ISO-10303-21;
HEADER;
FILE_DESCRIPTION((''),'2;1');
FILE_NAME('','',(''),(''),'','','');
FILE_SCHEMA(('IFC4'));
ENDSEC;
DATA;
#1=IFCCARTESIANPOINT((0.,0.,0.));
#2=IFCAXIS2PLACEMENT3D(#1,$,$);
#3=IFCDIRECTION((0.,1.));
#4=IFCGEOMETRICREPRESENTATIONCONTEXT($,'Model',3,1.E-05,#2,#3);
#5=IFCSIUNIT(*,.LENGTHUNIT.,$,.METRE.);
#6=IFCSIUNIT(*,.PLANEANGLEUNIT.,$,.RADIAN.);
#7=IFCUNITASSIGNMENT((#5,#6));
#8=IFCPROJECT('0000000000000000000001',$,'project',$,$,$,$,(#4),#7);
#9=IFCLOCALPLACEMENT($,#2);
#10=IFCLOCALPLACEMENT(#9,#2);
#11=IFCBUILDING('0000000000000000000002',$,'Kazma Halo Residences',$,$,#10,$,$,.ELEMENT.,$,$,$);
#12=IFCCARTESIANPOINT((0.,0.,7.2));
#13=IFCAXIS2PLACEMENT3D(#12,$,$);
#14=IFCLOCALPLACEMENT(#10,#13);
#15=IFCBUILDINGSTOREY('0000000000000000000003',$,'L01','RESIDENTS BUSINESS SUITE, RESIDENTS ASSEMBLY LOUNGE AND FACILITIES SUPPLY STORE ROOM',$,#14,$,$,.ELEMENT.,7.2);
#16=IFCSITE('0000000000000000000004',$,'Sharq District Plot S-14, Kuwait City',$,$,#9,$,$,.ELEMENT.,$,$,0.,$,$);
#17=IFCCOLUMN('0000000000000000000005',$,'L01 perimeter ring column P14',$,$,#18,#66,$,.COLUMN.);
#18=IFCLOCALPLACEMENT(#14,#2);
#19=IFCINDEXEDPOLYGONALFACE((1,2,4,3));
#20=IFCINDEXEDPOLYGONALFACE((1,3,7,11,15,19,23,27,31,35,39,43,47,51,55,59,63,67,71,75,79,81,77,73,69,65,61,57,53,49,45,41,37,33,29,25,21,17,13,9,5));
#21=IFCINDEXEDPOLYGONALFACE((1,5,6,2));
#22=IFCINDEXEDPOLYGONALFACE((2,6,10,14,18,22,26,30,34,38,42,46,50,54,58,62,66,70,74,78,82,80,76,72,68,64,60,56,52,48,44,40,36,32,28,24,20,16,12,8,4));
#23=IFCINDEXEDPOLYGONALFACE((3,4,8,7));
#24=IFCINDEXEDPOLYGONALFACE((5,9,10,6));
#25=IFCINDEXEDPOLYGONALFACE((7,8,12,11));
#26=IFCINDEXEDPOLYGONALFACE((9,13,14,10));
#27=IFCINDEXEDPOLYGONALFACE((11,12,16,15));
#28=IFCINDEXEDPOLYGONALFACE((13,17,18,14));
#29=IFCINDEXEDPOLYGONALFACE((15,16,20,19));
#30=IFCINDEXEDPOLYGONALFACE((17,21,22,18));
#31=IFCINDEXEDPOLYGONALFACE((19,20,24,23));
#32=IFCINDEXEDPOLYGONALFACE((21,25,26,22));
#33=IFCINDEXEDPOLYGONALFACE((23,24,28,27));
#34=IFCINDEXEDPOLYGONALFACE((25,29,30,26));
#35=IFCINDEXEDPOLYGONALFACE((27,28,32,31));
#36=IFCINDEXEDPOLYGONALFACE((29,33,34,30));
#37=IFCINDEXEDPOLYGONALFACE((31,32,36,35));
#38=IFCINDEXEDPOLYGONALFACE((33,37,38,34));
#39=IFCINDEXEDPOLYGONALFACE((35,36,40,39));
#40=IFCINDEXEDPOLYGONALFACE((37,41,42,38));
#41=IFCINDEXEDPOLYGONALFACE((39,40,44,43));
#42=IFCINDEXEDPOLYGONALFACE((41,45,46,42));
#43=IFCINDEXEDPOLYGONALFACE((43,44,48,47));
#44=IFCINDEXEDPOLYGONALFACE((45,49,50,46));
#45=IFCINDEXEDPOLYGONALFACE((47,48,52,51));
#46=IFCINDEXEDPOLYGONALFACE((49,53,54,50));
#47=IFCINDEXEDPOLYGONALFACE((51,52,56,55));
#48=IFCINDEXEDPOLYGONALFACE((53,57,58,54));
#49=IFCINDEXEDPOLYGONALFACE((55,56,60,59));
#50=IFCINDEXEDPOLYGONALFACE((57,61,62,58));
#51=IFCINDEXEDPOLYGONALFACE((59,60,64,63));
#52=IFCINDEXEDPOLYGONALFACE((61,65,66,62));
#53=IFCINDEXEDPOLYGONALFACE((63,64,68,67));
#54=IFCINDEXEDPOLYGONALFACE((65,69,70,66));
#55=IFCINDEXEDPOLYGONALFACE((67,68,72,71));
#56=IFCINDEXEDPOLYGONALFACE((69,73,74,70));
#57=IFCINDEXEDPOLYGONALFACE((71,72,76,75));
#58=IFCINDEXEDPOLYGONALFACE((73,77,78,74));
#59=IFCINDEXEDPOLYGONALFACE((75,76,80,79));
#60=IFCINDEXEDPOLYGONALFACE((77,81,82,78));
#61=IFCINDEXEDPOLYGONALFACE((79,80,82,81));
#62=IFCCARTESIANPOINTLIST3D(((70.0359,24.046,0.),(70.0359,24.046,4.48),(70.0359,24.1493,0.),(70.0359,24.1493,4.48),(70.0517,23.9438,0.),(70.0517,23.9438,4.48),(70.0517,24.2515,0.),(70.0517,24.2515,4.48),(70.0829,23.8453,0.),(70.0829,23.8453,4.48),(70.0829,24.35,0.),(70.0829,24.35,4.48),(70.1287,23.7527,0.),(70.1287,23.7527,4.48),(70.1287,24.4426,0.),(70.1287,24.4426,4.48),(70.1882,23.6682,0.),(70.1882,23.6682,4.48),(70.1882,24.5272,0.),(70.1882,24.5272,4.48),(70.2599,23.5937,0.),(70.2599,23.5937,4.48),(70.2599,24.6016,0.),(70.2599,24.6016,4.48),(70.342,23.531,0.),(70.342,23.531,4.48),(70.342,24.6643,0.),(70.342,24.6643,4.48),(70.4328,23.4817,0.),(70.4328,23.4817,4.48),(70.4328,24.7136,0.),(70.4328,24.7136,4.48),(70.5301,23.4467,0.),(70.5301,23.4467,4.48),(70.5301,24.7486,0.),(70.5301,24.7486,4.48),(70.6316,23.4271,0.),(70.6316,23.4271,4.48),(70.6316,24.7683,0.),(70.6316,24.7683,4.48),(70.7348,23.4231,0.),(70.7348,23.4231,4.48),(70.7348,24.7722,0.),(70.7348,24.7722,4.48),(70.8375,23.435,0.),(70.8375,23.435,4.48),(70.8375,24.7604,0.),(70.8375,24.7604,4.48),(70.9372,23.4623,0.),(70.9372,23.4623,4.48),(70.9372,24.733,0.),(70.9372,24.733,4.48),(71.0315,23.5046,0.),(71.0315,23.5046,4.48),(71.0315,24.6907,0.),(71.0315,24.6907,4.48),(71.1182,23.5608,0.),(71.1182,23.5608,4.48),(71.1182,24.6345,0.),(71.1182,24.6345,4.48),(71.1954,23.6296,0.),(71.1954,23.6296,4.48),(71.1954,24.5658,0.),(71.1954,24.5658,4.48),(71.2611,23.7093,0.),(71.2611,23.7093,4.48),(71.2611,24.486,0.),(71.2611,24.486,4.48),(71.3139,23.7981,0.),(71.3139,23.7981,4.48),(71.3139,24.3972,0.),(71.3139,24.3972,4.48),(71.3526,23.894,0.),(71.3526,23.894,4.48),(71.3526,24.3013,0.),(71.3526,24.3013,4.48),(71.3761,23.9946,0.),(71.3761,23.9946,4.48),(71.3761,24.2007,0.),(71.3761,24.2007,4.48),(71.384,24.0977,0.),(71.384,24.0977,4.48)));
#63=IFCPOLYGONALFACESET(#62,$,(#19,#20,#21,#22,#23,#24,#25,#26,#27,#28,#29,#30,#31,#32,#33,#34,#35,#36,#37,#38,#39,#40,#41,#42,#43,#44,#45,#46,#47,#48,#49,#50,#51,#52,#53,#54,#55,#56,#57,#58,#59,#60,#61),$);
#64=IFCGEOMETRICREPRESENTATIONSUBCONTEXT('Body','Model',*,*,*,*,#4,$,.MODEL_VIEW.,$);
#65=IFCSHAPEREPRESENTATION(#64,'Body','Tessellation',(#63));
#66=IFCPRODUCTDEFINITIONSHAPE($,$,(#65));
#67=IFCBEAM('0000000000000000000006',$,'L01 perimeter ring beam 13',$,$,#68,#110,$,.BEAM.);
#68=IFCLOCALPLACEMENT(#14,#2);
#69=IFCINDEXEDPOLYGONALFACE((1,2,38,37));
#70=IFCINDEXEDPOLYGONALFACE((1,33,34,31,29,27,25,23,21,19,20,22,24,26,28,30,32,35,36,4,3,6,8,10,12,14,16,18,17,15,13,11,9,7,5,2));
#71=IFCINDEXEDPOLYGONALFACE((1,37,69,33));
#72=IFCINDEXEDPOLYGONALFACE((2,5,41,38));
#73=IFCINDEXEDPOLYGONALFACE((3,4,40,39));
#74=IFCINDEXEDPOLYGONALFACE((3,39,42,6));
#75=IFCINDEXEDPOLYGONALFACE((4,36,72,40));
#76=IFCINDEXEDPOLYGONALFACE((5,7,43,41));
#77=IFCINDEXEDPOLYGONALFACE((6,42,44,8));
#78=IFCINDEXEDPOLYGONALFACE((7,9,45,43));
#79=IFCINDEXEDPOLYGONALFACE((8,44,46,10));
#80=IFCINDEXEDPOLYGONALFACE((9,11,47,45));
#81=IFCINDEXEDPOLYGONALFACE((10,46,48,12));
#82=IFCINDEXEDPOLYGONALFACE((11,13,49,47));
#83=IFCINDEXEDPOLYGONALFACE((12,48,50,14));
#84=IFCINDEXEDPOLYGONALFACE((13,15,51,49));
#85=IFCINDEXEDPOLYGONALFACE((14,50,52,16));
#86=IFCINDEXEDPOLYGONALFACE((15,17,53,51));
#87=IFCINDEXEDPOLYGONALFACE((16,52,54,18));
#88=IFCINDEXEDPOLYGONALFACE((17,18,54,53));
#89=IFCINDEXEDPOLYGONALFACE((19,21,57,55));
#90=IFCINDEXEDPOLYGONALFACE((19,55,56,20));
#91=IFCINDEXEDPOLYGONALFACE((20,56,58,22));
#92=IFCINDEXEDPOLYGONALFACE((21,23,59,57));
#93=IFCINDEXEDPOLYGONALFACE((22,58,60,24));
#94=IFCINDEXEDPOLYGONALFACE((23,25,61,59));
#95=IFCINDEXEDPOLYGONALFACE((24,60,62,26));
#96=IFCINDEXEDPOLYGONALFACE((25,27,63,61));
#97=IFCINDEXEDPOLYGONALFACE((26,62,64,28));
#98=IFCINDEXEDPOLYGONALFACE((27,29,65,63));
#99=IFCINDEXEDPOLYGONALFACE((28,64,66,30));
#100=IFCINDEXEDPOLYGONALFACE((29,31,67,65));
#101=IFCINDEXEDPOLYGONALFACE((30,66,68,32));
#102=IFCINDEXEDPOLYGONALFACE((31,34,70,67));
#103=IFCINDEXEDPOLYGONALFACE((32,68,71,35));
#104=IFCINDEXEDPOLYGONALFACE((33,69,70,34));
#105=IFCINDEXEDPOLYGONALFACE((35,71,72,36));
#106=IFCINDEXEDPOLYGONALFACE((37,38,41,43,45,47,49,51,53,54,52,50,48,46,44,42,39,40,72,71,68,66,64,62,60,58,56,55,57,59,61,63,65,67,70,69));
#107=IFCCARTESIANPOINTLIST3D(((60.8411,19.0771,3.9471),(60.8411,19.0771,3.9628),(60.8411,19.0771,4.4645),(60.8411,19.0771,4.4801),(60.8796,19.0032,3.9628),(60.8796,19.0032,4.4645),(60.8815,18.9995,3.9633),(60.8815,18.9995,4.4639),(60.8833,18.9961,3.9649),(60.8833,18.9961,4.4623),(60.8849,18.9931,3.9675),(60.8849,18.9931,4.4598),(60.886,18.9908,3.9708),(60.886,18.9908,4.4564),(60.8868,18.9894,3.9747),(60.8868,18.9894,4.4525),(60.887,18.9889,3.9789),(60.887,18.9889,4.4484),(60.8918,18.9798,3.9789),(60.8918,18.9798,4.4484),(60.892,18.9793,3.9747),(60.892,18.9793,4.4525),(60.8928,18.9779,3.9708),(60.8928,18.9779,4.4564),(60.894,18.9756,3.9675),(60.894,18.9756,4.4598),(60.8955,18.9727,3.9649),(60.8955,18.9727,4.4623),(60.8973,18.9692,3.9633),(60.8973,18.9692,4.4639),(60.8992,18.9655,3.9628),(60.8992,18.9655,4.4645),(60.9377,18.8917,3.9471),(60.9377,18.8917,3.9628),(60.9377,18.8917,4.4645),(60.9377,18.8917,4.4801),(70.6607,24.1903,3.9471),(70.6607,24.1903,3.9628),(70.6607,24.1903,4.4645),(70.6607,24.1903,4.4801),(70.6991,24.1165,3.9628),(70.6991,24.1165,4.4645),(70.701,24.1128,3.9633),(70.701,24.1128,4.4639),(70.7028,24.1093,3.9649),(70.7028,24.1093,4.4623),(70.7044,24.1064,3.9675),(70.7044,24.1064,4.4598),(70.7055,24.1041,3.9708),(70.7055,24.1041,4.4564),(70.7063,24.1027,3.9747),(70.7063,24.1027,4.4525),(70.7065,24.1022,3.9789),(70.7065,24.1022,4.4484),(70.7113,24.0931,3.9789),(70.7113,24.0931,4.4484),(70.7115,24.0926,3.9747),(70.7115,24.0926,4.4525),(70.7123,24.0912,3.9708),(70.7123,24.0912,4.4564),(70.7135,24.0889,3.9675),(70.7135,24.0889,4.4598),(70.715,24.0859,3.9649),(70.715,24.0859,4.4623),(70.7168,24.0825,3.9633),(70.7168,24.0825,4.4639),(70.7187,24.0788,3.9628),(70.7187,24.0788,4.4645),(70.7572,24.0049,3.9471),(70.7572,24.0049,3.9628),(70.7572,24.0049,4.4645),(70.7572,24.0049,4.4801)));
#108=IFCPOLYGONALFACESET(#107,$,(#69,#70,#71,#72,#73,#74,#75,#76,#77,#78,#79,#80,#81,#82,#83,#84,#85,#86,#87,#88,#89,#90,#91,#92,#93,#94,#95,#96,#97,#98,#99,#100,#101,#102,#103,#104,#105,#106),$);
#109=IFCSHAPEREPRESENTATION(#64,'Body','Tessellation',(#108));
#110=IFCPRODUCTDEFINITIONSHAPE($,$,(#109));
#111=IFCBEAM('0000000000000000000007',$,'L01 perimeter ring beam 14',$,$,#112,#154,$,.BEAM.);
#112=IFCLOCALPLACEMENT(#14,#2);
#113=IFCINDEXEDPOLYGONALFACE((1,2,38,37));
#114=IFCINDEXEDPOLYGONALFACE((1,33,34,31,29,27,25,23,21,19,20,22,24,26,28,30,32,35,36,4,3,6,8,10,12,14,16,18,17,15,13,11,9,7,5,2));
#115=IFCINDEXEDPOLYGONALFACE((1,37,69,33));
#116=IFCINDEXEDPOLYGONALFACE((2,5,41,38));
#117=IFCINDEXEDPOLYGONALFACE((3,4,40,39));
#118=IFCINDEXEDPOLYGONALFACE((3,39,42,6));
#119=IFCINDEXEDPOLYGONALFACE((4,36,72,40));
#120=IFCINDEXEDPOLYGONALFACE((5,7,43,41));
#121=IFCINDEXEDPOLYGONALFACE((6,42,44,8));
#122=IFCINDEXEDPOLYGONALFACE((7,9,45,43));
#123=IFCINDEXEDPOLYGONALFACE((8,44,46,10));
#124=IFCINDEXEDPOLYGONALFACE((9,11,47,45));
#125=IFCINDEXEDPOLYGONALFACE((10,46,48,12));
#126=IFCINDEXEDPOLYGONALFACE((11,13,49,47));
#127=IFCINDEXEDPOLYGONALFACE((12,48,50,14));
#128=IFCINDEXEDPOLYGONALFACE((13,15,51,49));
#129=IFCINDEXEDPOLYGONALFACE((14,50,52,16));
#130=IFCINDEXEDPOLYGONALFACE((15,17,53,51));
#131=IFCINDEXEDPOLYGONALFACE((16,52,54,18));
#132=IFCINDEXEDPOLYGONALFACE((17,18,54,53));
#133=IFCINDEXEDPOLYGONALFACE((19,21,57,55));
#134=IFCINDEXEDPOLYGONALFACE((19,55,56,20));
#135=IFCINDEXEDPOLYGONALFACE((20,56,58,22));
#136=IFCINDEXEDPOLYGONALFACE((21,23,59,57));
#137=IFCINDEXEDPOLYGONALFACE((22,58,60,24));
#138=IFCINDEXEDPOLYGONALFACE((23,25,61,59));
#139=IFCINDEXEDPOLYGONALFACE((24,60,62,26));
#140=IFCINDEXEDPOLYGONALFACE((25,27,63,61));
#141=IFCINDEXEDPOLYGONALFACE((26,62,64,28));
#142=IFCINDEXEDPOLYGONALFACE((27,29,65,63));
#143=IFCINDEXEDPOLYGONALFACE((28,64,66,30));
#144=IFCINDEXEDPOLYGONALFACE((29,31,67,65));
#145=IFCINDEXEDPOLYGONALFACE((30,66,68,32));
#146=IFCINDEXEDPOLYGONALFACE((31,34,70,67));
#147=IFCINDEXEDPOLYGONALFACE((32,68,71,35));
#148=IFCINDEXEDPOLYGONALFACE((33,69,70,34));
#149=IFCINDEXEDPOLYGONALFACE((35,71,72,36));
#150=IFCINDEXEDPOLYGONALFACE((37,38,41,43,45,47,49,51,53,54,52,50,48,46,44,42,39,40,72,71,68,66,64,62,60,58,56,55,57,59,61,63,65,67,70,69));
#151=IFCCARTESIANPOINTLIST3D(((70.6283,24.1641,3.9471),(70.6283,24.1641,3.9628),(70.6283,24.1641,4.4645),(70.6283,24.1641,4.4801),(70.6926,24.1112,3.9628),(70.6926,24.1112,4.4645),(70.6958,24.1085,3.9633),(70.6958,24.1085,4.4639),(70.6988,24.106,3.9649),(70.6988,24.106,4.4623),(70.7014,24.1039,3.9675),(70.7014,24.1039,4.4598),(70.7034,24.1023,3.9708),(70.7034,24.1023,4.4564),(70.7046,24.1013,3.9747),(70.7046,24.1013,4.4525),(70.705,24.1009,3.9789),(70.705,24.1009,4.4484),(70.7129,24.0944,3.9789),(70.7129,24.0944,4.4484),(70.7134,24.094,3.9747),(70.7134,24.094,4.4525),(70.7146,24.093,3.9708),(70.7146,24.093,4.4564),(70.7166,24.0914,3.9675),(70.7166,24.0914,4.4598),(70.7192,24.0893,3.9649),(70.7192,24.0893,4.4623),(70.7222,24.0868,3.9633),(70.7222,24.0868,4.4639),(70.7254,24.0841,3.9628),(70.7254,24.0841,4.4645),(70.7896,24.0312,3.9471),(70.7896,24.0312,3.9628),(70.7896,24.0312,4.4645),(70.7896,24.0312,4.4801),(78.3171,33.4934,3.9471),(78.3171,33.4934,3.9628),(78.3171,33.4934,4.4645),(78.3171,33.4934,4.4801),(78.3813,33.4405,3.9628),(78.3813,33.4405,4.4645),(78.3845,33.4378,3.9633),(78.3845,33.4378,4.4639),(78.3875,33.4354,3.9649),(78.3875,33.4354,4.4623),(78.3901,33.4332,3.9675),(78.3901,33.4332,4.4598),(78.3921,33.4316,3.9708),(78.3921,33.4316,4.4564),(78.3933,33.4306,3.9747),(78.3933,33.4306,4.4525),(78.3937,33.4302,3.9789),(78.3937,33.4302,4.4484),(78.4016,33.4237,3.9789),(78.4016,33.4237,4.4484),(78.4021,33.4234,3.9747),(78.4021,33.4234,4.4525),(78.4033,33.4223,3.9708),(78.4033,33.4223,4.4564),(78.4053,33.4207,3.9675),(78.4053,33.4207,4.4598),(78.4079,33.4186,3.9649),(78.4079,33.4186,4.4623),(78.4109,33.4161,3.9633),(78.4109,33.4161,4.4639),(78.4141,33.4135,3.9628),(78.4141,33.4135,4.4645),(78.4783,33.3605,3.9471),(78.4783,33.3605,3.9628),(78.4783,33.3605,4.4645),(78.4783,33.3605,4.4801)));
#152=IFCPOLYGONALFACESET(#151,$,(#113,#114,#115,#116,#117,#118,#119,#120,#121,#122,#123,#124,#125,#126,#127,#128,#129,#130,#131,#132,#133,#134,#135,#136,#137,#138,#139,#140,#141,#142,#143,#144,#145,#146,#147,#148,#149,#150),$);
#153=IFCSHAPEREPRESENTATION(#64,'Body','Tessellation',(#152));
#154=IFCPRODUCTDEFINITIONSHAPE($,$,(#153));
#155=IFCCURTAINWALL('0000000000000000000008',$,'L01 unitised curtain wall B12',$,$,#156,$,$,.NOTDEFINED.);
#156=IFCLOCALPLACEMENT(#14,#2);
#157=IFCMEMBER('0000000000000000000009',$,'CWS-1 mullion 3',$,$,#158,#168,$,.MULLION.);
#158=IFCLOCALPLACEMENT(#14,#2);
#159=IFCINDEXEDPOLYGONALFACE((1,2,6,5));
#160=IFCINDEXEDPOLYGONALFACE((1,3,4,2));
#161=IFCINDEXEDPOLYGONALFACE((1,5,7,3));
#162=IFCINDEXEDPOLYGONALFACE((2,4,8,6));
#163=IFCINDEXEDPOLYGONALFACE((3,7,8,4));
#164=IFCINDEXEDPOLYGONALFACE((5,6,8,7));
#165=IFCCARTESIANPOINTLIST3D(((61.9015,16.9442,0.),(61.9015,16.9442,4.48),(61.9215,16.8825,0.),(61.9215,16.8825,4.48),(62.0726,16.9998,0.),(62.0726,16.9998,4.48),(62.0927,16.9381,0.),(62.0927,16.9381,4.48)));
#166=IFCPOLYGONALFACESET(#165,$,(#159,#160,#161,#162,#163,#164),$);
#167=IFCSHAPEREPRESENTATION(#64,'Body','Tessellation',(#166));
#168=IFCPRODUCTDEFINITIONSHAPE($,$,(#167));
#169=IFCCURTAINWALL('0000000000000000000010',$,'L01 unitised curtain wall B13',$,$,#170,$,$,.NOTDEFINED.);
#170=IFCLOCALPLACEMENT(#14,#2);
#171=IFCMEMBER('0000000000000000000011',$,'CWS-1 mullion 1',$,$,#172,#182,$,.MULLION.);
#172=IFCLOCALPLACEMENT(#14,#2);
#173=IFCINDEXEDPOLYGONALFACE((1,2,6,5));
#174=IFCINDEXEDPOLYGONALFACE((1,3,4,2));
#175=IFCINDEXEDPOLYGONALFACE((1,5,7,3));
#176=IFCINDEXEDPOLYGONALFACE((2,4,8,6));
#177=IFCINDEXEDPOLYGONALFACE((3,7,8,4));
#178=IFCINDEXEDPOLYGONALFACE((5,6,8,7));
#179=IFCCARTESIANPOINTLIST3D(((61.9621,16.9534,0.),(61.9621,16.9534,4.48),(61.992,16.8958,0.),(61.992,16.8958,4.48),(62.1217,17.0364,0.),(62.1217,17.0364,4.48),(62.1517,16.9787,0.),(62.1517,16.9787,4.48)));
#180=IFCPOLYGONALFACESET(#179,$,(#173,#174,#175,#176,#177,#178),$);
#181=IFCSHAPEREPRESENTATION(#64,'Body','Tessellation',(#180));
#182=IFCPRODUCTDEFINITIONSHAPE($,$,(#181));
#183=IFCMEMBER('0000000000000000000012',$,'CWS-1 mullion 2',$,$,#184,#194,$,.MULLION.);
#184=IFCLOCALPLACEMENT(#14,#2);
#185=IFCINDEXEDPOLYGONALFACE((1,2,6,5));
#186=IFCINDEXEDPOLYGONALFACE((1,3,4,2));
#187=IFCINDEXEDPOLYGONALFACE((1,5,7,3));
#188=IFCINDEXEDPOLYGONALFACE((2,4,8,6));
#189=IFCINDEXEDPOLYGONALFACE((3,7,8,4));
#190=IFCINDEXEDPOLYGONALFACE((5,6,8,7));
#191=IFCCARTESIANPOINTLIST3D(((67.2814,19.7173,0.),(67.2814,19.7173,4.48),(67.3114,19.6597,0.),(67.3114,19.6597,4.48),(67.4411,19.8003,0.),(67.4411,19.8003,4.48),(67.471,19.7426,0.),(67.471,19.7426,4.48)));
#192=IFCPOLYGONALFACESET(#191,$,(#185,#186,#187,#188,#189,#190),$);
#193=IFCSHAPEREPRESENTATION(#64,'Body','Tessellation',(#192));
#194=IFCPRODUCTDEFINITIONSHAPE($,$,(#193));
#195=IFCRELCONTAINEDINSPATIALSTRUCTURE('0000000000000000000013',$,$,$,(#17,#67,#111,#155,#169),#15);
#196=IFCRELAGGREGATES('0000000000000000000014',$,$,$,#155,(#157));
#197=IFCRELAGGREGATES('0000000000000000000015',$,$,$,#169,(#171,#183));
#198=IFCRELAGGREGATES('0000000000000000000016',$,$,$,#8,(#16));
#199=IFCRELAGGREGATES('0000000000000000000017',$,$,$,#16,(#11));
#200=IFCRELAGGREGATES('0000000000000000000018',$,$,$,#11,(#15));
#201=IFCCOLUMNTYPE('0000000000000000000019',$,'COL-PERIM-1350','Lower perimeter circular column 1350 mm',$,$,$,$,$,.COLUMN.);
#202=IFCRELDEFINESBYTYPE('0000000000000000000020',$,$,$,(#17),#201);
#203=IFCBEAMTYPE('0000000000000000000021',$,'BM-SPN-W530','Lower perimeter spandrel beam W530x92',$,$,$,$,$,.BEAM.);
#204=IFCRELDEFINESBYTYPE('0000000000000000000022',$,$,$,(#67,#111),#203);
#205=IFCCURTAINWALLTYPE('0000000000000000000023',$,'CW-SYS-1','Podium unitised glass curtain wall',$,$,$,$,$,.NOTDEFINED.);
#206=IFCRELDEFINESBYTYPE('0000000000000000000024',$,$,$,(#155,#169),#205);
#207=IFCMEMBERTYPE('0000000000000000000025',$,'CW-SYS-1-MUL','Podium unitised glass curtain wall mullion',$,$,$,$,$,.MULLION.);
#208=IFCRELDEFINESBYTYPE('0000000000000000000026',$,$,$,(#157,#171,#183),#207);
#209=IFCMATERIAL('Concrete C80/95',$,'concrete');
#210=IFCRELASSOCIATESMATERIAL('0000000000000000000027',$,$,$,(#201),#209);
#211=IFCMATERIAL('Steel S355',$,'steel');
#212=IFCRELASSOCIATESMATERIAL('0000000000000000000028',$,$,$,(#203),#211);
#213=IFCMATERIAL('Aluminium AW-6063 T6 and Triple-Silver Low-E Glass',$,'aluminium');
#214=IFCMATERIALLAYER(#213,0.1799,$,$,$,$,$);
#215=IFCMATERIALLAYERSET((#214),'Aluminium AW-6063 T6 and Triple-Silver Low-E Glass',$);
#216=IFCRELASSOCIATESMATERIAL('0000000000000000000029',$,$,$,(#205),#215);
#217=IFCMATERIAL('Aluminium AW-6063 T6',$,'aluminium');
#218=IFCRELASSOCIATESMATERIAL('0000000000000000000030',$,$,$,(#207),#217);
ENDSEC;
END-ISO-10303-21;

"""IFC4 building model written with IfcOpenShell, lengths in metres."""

from ifc_helpers import new_model, si_unit, direction, frame, origin, origin_2d, place, context, subcontext, project, spatial, rectangle, circle, i_section, extrude, material, layer, layer_set, material_profile, profile_set, type_object, element, aggregate, save


model = new_model("IFC4")

# Units and contexts
model_context = context("Model", 3, precision=1e-05, world=origin(), true_north=direction((0.0, 1.0)))
body_context = subcontext(model_context, "Body", "Model", "MODEL_VIEW")
ifc_project = project(units=[si_unit("LENGTHUNIT", "METRE"), si_unit("PLANEANGLEUNIT", "RADIAN")], contexts=[model_context])

# Site, building, storey
site_placement = place(None, origin())
site = spatial("IfcSite", under=ifc_project, at=site_placement, Name="Sharq District Plot S-14, Kuwait City", CompositionType="ELEMENT", RefElevation=0.0)
building_placement = place(site_placement, origin())
building = spatial("IfcBuilding", under=site, at=building_placement, Name="Kazma Halo Residences", CompositionType="ELEMENT")
storey_placement = place(building_placement, frame((0.0, 0.0, 7.2)))
storey = spatial("IfcBuildingStorey", under=building, at=storey_placement, Name="L01", Description="RESIDENTS BUSINESS SUITE, RESIDENTS ASSEMBLY LOUNGE AND FACILITIES SUPPLY STORE ROOM", CompositionType="ELEMENT", Elevation=7.2)

# Column
ifc_material_1 = material(Name="Concrete C80/95", Category="concrete")
ifc_material_profile_1 = material_profile(ifc_material_1, circle(Radius=0.675, at=origin_2d()), Name="CIRC1350")
ifc_profile_set_1 = profile_set([ifc_material_profile_1], Name="Concrete C80/95")
column_type = type_object("IfcColumnType", Name="COL-PERIM-1350", Description="Lower perimeter circular column 1350 mm", PredefinedType="COLUMN", material=ifc_profile_set_1)
column_placement = place(storey_placement, frame((70.709, 24.0977, 0.0), z_axis=(0.0, 0.0, 1.0), x_axis=(1.0, 0.0, 0.0)))
element("IfcColumn", 1, at=column_placement, inside=storey, type_object=column_type, Name="L01 perimeter ring column P14", PredefinedType="COLUMN", context=body_context, shape_type="SweptSolid", body=[
    extrude(circle(Radius=0.675, at=origin_2d()), origin(), (0.0, 0.0, 1.0), 4.48),
])

# Beams
ifc_material_2 = material(Name="Steel S355", Category="steel")
ifc_material_profile_2 = material_profile(ifc_material_2, i_section(OverallWidth=0.209, OverallDepth=0.533, WebThickness=0.0103, FlangeThickness=0.0156, FilletRadius=0.0161, at=origin_2d()), Name="W530x92")
ifc_profile_set_2 = profile_set([ifc_material_profile_2], Name="Steel S355")
beam_type = type_object("IfcBeamType", Name="BM-SPN-W530", Description="Lower perimeter spandrel beam W530x92", PredefinedType="BEAM", material=ifc_profile_set_2)
beam_1_placement = place(storey_placement, frame((60.8894, 18.9844, 4.2136), z_axis=(0.886954, 0.461857, 0.0), x_axis=(-0.461857, 0.886954, 0.0)))
element("IfcBeam", 2, at=beam_1_placement, inside=storey, type_object=beam_type, Name="L01 perimeter ring beam 13", PredefinedType="BEAM", context=body_context, shape_type="SweptSolid", body=[
    extrude(i_section(OverallWidth=0.209, OverallDepth=0.533, WebThickness=0.0103, FlangeThickness=0.0156, FilletRadius=0.0161, at=origin_2d()), origin(), (0.0, 0.0, 1.0), 11.071),
])
beam_2_placement = place(storey_placement, frame((70.709, 24.0977, 4.2136), z_axis=(0.63599, 0.771698, 0.0), x_axis=(-0.771698, 0.63599, 0.0)))
element("IfcBeam", 3, at=beam_2_placement, inside=storey, type_object=beam_type, Name="L01 perimeter ring beam 14", PredefinedType="BEAM", context=body_context, shape_type="SweptSolid", body=[
    extrude(i_section(OverallWidth=0.209, OverallDepth=0.533, WebThickness=0.0103, FlangeThickness=0.0156, FilletRadius=0.0161, at=origin_2d()), origin(), (0.0, 0.0, 1.0), 12.0894),
])

# Curtain wall, member
ifc_material_3 = material(Name="Aluminium AW-6063 T6 and Triple-Silver Low-E Glass", Category="aluminium")
ifc_layer_1 = layer(ifc_material_3, 0.1799)
ifc_layer_set_1 = layer_set([ifc_layer_1], Name="Aluminium AW-6063 T6 and Triple-Silver Low-E Glass")
curtain_wall_type = type_object("IfcCurtainWallType", Name="CW-SYS-1", Description="Podium unitised glass curtain wall", PredefinedType="NOTDEFINED", material=ifc_layer_set_1)
curtain_wall_1_placement = place(storey_placement, origin())
curtain_wall_1 = element("IfcCurtainWall", 4, at=curtain_wall_1_placement, inside=storey, type_object=curtain_wall_type, Name="L01 unitised curtain wall B12", PredefinedType="NOTDEFINED")
ifc_material_4 = material(Name="Aluminium AW-6063 T6", Category="aluminium")
ifc_material_profile_3 = material_profile(ifc_material_4, rectangle(XDim=0.0649, YDim=0.1799, at=origin_2d()), Name="CWM-65x180")
ifc_profile_set_3 = profile_set([ifc_material_profile_3], Name="Aluminium AW-6063 T6")
member_type_1 = type_object("IfcMemberType", Name="CW-SYS-1-MUL", Description="Podium unitised glass curtain wall mullion", PredefinedType="MULLION", material=ifc_profile_set_3)
member_1_placement = place(storey_placement, frame((61.9971, 16.9412, 0.0), z_axis=(0.0, 0.0, 1.0), x_axis=(-0.309017, 0.951056, 0.0)))
member_1 = element("IfcMember", 5, at=member_1_placement, type_object=member_type_1, Name="CWS-1 mullion 3", PredefinedType="MULLION", context=body_context, shape_type="SweptSolid", body=[
    extrude(rectangle(XDim=0.0649, YDim=0.1799, at=origin_2d()), origin(), (0.0, 0.0, 1.0), 4.48),
])
aggregate(curtain_wall_1, [member_1])

# Curtain wall, members
curtain_wall_2_placement = place(storey_placement, origin())
curtain_wall_2 = element("IfcCurtainWall", 6, at=curtain_wall_2_placement, inside=storey, type_object=curtain_wall_type, Name="L01 unitised curtain wall B13", PredefinedType="NOTDEFINED")
member_2_placement = place(storey_placement, frame((62.0569, 16.9661, 0.0), z_axis=(0.0, 0.0, 1.0), x_axis=(-0.461087, 0.887355, 0.0)))
member_2 = element("IfcMember", 7, at=member_2_placement, type_object=member_type_1, Name="CWS-1 mullion 1", PredefinedType="MULLION", context=body_context, shape_type="SweptSolid", body=[
    extrude(rectangle(XDim=0.0649, YDim=0.1799, at=origin_2d()), origin(), (0.0, 0.0, 1.0), 4.48),
])
member_3_placement = place(storey_placement, frame((67.3762, 19.73, 0.0), z_axis=(0.0, 0.0, 1.0), x_axis=(-0.461087, 0.887355, 0.0)))
member_3 = element("IfcMember", 8, at=member_3_placement, type_object=member_type_1, Name="CWS-1 mullion 2", PredefinedType="MULLION", context=body_context, shape_type="SweptSolid", body=[
    extrude(rectangle(XDim=0.0649, YDim=0.1799, at=origin_2d()), origin(), (0.0, 0.0, 1.0), 4.48),
])

aggregate(curtain_wall_2, [member_2, member_3])

save(model, "model.ifc")
